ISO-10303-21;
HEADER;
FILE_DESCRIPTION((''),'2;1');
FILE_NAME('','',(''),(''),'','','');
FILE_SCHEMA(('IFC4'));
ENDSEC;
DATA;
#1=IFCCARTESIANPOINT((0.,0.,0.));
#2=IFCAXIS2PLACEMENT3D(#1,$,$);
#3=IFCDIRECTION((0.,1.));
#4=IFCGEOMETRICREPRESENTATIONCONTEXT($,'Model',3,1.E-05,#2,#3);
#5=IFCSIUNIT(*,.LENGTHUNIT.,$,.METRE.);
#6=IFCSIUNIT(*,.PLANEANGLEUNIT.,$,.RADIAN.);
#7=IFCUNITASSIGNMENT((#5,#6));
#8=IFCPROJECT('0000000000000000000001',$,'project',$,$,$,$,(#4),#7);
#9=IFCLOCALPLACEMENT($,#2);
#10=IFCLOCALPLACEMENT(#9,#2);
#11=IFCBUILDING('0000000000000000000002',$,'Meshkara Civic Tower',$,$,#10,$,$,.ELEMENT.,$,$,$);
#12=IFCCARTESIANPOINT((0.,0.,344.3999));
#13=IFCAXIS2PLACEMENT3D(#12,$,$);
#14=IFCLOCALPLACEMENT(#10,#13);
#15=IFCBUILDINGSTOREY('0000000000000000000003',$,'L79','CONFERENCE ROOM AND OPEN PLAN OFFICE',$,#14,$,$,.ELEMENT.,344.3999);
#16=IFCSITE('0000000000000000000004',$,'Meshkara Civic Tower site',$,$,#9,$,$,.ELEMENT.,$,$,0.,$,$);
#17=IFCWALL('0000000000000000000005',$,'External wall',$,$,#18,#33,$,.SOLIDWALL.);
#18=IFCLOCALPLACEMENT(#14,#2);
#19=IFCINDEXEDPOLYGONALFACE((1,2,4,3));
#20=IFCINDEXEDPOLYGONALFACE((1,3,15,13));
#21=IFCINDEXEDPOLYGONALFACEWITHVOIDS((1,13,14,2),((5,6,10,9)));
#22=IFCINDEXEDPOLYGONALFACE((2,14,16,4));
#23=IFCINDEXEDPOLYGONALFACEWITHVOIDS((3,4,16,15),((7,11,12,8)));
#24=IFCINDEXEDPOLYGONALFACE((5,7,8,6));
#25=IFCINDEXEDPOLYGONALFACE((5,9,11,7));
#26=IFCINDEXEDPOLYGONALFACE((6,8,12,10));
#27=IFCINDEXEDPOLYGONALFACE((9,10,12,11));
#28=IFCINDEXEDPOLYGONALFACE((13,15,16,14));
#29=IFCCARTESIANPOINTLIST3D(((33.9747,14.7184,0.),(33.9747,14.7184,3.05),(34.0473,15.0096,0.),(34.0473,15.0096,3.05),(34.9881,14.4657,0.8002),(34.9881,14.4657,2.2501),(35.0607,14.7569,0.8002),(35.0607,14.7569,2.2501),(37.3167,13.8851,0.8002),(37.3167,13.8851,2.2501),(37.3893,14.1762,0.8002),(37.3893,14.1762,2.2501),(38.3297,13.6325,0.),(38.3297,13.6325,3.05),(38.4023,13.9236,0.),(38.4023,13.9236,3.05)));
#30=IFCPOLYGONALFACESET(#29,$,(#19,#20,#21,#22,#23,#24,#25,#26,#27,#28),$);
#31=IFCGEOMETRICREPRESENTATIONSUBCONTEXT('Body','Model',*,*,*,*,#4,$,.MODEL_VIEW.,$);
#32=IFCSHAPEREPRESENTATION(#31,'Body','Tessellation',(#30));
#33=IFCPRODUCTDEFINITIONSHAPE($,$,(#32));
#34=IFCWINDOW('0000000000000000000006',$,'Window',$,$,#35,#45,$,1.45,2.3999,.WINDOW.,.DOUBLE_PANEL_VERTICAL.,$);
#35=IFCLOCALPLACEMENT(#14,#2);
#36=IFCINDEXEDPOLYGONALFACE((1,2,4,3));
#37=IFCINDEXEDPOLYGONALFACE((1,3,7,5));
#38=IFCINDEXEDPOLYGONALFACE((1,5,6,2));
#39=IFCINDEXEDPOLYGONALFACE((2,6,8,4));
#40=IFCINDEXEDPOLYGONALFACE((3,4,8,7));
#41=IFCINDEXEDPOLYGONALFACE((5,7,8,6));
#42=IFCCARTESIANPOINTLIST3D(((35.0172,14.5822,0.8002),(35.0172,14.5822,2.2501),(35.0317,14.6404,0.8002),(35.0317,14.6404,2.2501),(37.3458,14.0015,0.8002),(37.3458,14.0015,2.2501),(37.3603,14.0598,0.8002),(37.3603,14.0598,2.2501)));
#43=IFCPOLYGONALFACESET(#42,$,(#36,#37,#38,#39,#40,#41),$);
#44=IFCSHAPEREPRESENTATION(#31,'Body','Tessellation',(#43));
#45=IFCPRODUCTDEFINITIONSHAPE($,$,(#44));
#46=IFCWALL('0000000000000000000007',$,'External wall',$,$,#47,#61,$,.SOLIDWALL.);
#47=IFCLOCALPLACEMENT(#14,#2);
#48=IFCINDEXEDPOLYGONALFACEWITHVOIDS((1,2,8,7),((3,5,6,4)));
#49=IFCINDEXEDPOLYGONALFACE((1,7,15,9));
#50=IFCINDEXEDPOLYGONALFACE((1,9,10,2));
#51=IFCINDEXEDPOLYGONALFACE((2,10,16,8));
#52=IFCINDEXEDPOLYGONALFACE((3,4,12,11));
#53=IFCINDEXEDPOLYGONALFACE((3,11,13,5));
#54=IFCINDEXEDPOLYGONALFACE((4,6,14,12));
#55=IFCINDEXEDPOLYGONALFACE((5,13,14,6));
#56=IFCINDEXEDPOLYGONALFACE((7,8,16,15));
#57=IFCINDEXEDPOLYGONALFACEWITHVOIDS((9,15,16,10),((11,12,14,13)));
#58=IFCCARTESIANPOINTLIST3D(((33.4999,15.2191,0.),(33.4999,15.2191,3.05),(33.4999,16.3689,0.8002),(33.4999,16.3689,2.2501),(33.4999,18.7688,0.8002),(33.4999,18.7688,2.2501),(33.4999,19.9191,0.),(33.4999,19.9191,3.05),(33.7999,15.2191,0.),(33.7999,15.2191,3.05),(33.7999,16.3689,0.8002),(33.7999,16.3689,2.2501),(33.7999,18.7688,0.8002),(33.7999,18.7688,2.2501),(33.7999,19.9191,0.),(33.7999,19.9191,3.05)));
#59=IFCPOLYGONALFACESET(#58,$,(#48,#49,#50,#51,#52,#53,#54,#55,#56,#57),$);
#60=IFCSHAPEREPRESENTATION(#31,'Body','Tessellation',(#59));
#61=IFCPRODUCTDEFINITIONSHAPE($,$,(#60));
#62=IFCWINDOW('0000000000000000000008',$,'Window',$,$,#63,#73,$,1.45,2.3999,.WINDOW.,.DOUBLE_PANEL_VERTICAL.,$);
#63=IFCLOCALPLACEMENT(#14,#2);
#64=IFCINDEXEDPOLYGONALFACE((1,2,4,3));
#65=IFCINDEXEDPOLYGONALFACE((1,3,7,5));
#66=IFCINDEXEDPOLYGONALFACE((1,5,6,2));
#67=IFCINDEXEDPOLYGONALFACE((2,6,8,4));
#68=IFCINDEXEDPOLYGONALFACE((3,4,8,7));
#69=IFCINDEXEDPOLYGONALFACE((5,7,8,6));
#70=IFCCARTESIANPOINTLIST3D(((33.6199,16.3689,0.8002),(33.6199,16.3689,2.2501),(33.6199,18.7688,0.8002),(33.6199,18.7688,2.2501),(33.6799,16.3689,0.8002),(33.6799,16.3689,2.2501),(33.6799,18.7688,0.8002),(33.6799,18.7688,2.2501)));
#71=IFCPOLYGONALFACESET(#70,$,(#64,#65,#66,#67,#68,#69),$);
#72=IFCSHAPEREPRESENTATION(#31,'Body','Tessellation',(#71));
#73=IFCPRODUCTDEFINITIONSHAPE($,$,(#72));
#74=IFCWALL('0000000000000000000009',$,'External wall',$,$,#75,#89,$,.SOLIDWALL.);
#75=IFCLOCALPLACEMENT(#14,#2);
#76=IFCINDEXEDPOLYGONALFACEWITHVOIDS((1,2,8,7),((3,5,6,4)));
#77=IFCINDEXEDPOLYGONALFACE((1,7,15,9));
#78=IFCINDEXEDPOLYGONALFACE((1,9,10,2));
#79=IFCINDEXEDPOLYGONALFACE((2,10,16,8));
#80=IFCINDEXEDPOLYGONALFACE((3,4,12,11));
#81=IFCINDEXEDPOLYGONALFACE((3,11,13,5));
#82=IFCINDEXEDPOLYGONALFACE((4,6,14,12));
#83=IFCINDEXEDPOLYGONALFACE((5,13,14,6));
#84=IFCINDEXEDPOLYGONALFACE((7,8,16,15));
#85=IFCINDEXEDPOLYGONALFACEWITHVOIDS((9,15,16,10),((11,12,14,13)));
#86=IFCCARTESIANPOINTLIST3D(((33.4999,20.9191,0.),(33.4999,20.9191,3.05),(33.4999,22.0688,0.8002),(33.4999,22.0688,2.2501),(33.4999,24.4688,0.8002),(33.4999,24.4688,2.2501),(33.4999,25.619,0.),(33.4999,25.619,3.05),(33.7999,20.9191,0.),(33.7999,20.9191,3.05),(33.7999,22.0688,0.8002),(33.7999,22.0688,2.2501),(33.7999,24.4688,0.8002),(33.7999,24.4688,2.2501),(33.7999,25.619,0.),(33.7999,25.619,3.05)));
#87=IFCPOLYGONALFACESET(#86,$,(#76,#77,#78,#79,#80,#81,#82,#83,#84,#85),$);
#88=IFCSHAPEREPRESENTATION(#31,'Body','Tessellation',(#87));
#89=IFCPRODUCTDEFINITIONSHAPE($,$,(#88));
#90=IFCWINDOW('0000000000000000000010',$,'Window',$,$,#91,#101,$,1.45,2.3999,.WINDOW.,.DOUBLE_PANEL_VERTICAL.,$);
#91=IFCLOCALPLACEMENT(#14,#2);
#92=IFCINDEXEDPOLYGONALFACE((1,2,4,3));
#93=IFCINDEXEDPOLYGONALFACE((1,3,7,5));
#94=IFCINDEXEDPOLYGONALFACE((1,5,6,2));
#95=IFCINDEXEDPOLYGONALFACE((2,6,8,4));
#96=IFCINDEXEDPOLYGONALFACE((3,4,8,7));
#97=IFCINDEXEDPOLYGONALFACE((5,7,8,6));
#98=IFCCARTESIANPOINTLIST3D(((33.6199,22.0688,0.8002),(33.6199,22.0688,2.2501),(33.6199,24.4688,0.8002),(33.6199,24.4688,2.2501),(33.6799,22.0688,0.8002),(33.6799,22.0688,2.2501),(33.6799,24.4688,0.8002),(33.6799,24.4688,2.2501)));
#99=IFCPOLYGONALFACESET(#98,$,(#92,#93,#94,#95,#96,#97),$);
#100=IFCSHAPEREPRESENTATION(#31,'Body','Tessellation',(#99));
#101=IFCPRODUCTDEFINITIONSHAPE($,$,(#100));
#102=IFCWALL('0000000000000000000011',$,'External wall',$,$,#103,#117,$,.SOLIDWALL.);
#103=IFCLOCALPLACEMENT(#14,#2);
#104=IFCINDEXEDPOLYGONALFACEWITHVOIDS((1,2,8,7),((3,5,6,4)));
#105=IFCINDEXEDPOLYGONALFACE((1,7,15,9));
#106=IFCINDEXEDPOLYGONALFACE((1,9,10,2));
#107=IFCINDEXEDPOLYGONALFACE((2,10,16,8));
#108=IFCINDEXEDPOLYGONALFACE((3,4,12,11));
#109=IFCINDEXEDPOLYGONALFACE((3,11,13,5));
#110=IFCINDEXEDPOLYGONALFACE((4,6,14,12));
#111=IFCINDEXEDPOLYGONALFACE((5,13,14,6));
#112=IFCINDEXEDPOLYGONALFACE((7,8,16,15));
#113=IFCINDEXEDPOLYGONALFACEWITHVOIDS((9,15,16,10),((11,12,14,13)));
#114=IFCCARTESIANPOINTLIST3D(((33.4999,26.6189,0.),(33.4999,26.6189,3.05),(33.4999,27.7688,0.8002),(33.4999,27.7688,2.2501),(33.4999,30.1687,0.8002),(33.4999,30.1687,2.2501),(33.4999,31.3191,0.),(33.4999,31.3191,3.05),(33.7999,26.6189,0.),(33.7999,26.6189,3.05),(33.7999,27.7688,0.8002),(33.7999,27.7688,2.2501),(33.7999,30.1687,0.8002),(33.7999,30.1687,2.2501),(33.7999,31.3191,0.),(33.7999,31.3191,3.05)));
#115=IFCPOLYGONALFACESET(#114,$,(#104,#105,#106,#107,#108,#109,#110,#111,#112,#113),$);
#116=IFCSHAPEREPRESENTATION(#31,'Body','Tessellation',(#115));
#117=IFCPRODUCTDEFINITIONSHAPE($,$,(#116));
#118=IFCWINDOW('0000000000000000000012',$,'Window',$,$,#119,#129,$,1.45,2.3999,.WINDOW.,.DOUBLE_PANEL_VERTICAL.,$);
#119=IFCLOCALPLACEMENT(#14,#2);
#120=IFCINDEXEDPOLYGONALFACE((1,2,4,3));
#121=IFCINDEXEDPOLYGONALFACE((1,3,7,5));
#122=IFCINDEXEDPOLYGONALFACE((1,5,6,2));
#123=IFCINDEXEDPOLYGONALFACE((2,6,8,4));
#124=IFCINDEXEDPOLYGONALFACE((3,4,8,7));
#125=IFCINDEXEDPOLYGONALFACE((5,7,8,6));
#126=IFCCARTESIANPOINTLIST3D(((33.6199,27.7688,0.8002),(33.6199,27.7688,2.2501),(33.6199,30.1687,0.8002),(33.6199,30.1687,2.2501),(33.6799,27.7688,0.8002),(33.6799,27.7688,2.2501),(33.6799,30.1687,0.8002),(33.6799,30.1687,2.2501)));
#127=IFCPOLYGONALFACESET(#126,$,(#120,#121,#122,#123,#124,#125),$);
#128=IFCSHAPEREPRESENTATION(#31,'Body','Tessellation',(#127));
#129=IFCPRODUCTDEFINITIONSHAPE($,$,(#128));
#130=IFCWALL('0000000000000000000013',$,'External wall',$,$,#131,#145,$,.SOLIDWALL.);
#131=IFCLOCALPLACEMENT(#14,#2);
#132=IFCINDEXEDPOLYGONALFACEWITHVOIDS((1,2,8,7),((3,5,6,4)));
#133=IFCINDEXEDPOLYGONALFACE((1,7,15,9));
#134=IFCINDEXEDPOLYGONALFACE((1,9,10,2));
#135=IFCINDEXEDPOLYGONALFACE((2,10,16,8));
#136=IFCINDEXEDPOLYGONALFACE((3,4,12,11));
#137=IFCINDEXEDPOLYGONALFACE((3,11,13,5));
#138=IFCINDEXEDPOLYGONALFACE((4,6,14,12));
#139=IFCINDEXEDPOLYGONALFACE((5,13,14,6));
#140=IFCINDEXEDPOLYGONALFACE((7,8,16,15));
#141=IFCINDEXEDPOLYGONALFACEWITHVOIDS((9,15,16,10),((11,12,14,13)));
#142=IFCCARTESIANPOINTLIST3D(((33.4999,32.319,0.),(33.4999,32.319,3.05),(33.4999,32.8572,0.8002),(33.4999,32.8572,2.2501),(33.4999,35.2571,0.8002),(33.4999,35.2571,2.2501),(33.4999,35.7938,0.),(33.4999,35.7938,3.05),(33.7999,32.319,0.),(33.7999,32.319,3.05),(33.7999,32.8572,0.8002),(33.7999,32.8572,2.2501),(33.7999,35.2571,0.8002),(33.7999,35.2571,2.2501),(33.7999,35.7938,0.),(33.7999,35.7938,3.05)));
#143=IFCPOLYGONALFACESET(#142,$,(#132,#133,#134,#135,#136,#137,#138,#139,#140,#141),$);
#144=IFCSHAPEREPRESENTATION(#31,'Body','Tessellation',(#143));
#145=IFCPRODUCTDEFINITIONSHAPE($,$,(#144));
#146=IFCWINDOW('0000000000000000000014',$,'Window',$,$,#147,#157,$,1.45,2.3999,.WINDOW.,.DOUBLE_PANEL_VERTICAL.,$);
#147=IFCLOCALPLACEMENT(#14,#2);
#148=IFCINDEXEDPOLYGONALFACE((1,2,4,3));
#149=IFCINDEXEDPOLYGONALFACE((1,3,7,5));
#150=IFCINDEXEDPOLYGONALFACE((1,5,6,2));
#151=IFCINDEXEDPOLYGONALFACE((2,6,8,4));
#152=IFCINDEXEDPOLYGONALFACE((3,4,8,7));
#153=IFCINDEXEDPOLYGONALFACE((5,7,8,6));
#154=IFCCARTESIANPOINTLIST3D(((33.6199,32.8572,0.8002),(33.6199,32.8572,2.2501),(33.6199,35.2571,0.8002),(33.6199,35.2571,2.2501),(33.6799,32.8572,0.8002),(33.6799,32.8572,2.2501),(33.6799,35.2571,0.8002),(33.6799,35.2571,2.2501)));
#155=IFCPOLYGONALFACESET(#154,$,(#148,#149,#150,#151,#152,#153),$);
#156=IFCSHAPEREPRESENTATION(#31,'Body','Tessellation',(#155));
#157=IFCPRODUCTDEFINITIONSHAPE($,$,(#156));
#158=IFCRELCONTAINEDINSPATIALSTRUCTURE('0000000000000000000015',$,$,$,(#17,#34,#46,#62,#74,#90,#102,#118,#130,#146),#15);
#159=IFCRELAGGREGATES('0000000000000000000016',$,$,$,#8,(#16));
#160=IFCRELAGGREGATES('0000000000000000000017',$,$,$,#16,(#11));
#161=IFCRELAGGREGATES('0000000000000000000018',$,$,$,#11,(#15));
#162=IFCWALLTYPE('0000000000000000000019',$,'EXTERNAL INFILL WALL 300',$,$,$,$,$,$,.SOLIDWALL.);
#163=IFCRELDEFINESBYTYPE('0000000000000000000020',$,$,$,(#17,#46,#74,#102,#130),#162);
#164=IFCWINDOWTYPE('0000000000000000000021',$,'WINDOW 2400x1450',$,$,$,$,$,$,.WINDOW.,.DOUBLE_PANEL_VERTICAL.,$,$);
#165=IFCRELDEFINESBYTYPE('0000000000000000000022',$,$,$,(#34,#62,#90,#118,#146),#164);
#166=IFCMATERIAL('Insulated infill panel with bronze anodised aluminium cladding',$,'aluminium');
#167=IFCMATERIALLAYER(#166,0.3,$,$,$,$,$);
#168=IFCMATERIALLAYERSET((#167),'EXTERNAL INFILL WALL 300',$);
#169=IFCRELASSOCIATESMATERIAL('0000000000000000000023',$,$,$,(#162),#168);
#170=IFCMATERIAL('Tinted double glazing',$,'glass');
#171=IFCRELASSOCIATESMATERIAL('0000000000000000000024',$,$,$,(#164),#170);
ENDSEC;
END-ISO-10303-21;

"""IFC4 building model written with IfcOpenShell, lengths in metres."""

from ifc_helpers import new_model, si_unit, direction, frame, frame_2d, origin, place, context, subcontext, project, spatial, rectangle, extrude, material, layer, layer_set, type_object, element, fill, save


model = new_model("IFC4")

# Units and contexts
model_context = context("Model", 3, precision=1e-05, world=origin(), true_north=direction((0.0, 1.0)))
body_context = subcontext(model_context, "Body", "Model", "MODEL_VIEW")
ifc_project = project(units=[si_unit("LENGTHUNIT", "METRE"), si_unit("PLANEANGLEUNIT", "RADIAN")], contexts=[model_context])

# Site, building, storey
site_placement = place(None, origin())
site = spatial("IfcSite", under=ifc_project, at=site_placement, Name="Meshkara Civic Tower site", CompositionType="ELEMENT", RefElevation=0.0)
building_placement = place(site_placement, origin())
building = spatial("IfcBuilding", under=site, at=building_placement, Name="Meshkara Civic Tower", CompositionType="ELEMENT")
storey_placement = place(building_placement, frame((0.0, 0.0, 344.3999)))
storey = spatial("IfcBuildingStorey", under=building, at=storey_placement, Name="L79", Description="CONFERENCE ROOM AND OPEN PLAN OFFICE", CompositionType="ELEMENT", Elevation=344.3999)

# Walls, openings, windows
ifc_material_1 = material(Name="Insulated infill panel with bronze anodised aluminium cladding", Category="aluminium")
ifc_layer = layer(ifc_material_1, 0.3)
ifc_layer_set = layer_set([ifc_layer], Name="EXTERNAL INFILL WALL 300")
wall_type = type_object("IfcWallType", Name="EXTERNAL INFILL WALL 300", PredefinedType="SOLIDWALL", material=ifc_layer_set)
ifc_material_2 = material(Name="Tinted double glazing", Category="glass")
window_type = type_object("IfcWindowType", Name="WINDOW 2400x1450", PartitioningType="DOUBLE_PANEL_VERTICAL", PredefinedType="WINDOW", material=ifc_material_2)
wall_1_placement = place(storey_placement, frame((38.366, 13.7781, 0.0), z_axis=(0.0, 0.0, 1.0), x_axis=(-0.97029, 0.241947, 0.0)))
wall_1 = element("IfcWall", 1, at=wall_1_placement, inside=storey, type_object=wall_type, Name="External wall", PredefinedType="SOLIDWALL", context=body_context, shape_type="SweptSolid", body=[
    extrude(rectangle(XDim=4.4883, YDim=0.3, at=frame_2d((2.2441, 0.0))), origin(), (0.0, 0.0, 1.0), 3.05),
])
opening_1_placement = place(wall_1_placement, frame((1.0439, 0.0, 0.8)))
opening_1 = element("IfcOpeningElement", 2, at=opening_1_placement, cuts=wall_1, PredefinedType="OPENING", context=body_context, shape_type="SweptSolid", body=[
    extrude(rectangle(XDim=2.3999, YDim=1.45, at=frame_2d((1.2, 0.7251))), frame((0.0, 0.1599, 0.0), z_axis=(0.0, -1.0, 0.0), x_axis=(1.0, 0.0, 0.0)), (0.0, 0.0, 1.0), 0.3201),
])
window_1_placement = place(opening_1_placement, origin())
window_1 = element("IfcWindow", 3, at=window_1_placement, inside=storey, type_object=window_type, Name="Window", OverallHeight=1.45, OverallWidth=2.3999, PartitioningType="DOUBLE_PANEL_VERTICAL", PredefinedType="WINDOW", context=body_context, shape_type="SweptSolid", body=[
    extrude(rectangle(XDim=2.3999, YDim=1.45, at=frame_2d((1.2, 0.7251))), frame((0.0, 0.03, 0.0), z_axis=(0.0, -1.0, 0.0), x_axis=(1.0, 0.0, 0.0)), (0.0, 0.0, 1.0), 0.0601),
])
fill(opening_1, window_1)
wall_2_placement = place(storey_placement, frame((33.6499, 15.219, 0.0), z_axis=(0.0, 0.0, 1.0), x_axis=(0.0, 1.0, 0.0)))
wall_2 = element("IfcWall", 4, at=wall_2_placement, inside=storey, type_object=wall_type, Name="External wall", PredefinedType="SOLIDWALL", context=body_context, shape_type="SweptSolid", body=[
    extrude(rectangle(XDim=4.7, YDim=0.3, at=frame_2d((2.3501, 0.0))), origin(), (0.0, 0.0, 1.0), 3.05),
])
opening_2_placement = place(wall_2_placement, frame((1.1499, 0.0, 0.8)))
opening_2 = element("IfcOpeningElement", 5, at=opening_2_placement, cuts=wall_2, PredefinedType="OPENING", context=body_context, shape_type="SweptSolid", body=[
    extrude(rectangle(XDim=2.3999, YDim=1.45, at=frame_2d((1.2, 0.7251))), frame((0.0, 0.1599, 0.0), z_axis=(0.0, -1.0, 0.0), x_axis=(1.0, 0.0, 0.0)), (0.0, 0.0, 1.0), 0.3201),
])
window_2_placement = place(opening_2_placement, origin())
window_2 = element("IfcWindow", 6, at=window_2_placement, inside=storey, type_object=window_type, Name="Window", OverallHeight=1.45, OverallWidth=2.3999, PartitioningType="DOUBLE_PANEL_VERTICAL", PredefinedType="WINDOW", context=body_context, shape_type="SweptSolid", body=[
    extrude(rectangle(XDim=2.3999, YDim=1.45, at=frame_2d((1.2, 0.7251))), frame((0.0, 0.03, 0.0), z_axis=(0.0, -1.0, 0.0), x_axis=(1.0, 0.0, 0.0)), (0.0, 0.0, 1.0), 0.0601),
])
fill(opening_2, window_2)
wall_3_placement = place(storey_placement, frame((33.6499, 20.9189, 0.0), z_axis=(0.0, 0.0, 1.0), x_axis=(0.0, 1.0, 0.0)))
wall_3 = element("IfcWall", 7, at=wall_3_placement, inside=storey, type_object=wall_type, Name="External wall", PredefinedType="SOLIDWALL", context=body_context, shape_type="SweptSolid", body=[
    extrude(rectangle(XDim=4.7, YDim=0.3, at=frame_2d((2.3501, 0.0))), origin(), (0.0, 0.0, 1.0), 3.05),
])
opening_3_placement = place(wall_3_placement, frame((1.1499, 0.0, 0.8)))
opening_3 = element("IfcOpeningElement", 8, at=opening_3_placement, cuts=wall_3, PredefinedType="OPENING", context=body_context, shape_type="SweptSolid", body=[
    extrude(rectangle(XDim=2.3999, YDim=1.45, at=frame_2d((1.2, 0.7251))), frame((0.0, 0.1599, 0.0), z_axis=(0.0, -1.0, 0.0), x_axis=(1.0, 0.0, 0.0)), (0.0, 0.0, 1.0), 0.3201),
])
window_3_placement = place(opening_3_placement, origin())
window_3 = element("IfcWindow", 9, at=window_3_placement, inside=storey, type_object=window_type, Name="Window", OverallHeight=1.45, OverallWidth=2.3999, PartitioningType="DOUBLE_PANEL_VERTICAL", PredefinedType="WINDOW", context=body_context, shape_type="SweptSolid", body=[
    extrude(rectangle(XDim=2.3999, YDim=1.45, at=frame_2d((1.2, 0.7251))), frame((0.0, 0.03, 0.0), z_axis=(0.0, -1.0, 0.0), x_axis=(1.0, 0.0, 0.0)), (0.0, 0.0, 1.0), 0.0601),
])
fill(opening_3, window_3)
wall_4_placement = place(storey_placement, frame((33.6499, 26.6189, 0.0), z_axis=(0.0, 0.0, 1.0), x_axis=(0.0, 1.0, 0.0)))
wall_4 = element("IfcWall", 10, at=wall_4_placement, inside=storey, type_object=wall_type, Name="External wall", PredefinedType="SOLIDWALL", context=body_context, shape_type="SweptSolid", body=[
    extrude(rectangle(XDim=4.7002, YDim=0.3, at=frame_2d((2.3501, 0.0))), origin(), (0.0, 0.0, 1.0), 3.05),
])
opening_4_placement = place(wall_4_placement, frame((1.1499, 0.0, 0.8)))
opening_4 = element("IfcOpeningElement", 11, at=opening_4_placement, cuts=wall_4, PredefinedType="OPENING", context=body_context, shape_type="SweptSolid", body=[
    extrude(rectangle(XDim=2.3999, YDim=1.45, at=frame_2d((1.2, 0.7251))), frame((0.0, 0.1599, 0.0), z_axis=(0.0, -1.0, 0.0), x_axis=(1.0, 0.0, 0.0)), (0.0, 0.0, 1.0), 0.3201),
])
window_4_placement = place(opening_4_placement, origin())
window_4 = element("IfcWindow", 12, at=window_4_placement, inside=storey, type_object=window_type, Name="Window", OverallHeight=1.45, OverallWidth=2.3999, PartitioningType="DOUBLE_PANEL_VERTICAL", PredefinedType="WINDOW", context=body_context, shape_type="SweptSolid", body=[
    extrude(rectangle(XDim=2.3999, YDim=1.45, at=frame_2d((1.2, 0.7251))), frame((0.0, 0.03, 0.0), z_axis=(0.0, -1.0, 0.0), x_axis=(1.0, 0.0, 0.0)), (0.0, 0.0, 1.0), 0.0601),
])
fill(opening_4, window_4)
wall_5_placement = place(storey_placement, frame((33.6499, 32.3191, 0.0), z_axis=(0.0, 0.0, 1.0), x_axis=(0.0, 1.0, 0.0)))
wall_5 = element("IfcWall", 13, at=wall_5_placement, inside=storey, type_object=wall_type, Name="External wall", PredefinedType="SOLIDWALL", context=body_context, shape_type="SweptSolid", body=[
    extrude(rectangle(XDim=3.4749, YDim=0.3, at=frame_2d((1.7373, 0.0))), origin(), (0.0, 0.0, 1.0), 3.05),
])
opening_5_placement = place(wall_5_placement, frame((0.5381, 0.0, 0.8)))
opening_5 = element("IfcOpeningElement", 14, at=opening_5_placement, cuts=wall_5, PredefinedType="OPENING", context=body_context, shape_type="SweptSolid", body=[
    extrude(rectangle(XDim=2.3999, YDim=1.45, at=frame_2d((1.2, 0.7251))), frame((0.0, 0.1599, 0.0), z_axis=(0.0, -1.0, 0.0), x_axis=(1.0, 0.0, 0.0)), (0.0, 0.0, 1.0), 0.3201),
])
window_5_placement = place(opening_5_placement, origin())
window_5 = element("IfcWindow", 15, at=window_5_placement, inside=storey, type_object=window_type, Name="Window", OverallHeight=1.45, OverallWidth=2.3999, PartitioningType="DOUBLE_PANEL_VERTICAL", PredefinedType="WINDOW", context=body_context, shape_type="SweptSolid", body=[
    extrude(rectangle(XDim=2.3999, YDim=1.45, at=frame_2d((1.2, 0.7251))), frame((0.0, 0.03, 0.0), z_axis=(0.0, -1.0, 0.0), x_axis=(1.0, 0.0, 0.0)), (0.0, 0.0, 1.0), 0.0601),
])
fill(opening_5, window_5)

save(model, "model.ifc")
